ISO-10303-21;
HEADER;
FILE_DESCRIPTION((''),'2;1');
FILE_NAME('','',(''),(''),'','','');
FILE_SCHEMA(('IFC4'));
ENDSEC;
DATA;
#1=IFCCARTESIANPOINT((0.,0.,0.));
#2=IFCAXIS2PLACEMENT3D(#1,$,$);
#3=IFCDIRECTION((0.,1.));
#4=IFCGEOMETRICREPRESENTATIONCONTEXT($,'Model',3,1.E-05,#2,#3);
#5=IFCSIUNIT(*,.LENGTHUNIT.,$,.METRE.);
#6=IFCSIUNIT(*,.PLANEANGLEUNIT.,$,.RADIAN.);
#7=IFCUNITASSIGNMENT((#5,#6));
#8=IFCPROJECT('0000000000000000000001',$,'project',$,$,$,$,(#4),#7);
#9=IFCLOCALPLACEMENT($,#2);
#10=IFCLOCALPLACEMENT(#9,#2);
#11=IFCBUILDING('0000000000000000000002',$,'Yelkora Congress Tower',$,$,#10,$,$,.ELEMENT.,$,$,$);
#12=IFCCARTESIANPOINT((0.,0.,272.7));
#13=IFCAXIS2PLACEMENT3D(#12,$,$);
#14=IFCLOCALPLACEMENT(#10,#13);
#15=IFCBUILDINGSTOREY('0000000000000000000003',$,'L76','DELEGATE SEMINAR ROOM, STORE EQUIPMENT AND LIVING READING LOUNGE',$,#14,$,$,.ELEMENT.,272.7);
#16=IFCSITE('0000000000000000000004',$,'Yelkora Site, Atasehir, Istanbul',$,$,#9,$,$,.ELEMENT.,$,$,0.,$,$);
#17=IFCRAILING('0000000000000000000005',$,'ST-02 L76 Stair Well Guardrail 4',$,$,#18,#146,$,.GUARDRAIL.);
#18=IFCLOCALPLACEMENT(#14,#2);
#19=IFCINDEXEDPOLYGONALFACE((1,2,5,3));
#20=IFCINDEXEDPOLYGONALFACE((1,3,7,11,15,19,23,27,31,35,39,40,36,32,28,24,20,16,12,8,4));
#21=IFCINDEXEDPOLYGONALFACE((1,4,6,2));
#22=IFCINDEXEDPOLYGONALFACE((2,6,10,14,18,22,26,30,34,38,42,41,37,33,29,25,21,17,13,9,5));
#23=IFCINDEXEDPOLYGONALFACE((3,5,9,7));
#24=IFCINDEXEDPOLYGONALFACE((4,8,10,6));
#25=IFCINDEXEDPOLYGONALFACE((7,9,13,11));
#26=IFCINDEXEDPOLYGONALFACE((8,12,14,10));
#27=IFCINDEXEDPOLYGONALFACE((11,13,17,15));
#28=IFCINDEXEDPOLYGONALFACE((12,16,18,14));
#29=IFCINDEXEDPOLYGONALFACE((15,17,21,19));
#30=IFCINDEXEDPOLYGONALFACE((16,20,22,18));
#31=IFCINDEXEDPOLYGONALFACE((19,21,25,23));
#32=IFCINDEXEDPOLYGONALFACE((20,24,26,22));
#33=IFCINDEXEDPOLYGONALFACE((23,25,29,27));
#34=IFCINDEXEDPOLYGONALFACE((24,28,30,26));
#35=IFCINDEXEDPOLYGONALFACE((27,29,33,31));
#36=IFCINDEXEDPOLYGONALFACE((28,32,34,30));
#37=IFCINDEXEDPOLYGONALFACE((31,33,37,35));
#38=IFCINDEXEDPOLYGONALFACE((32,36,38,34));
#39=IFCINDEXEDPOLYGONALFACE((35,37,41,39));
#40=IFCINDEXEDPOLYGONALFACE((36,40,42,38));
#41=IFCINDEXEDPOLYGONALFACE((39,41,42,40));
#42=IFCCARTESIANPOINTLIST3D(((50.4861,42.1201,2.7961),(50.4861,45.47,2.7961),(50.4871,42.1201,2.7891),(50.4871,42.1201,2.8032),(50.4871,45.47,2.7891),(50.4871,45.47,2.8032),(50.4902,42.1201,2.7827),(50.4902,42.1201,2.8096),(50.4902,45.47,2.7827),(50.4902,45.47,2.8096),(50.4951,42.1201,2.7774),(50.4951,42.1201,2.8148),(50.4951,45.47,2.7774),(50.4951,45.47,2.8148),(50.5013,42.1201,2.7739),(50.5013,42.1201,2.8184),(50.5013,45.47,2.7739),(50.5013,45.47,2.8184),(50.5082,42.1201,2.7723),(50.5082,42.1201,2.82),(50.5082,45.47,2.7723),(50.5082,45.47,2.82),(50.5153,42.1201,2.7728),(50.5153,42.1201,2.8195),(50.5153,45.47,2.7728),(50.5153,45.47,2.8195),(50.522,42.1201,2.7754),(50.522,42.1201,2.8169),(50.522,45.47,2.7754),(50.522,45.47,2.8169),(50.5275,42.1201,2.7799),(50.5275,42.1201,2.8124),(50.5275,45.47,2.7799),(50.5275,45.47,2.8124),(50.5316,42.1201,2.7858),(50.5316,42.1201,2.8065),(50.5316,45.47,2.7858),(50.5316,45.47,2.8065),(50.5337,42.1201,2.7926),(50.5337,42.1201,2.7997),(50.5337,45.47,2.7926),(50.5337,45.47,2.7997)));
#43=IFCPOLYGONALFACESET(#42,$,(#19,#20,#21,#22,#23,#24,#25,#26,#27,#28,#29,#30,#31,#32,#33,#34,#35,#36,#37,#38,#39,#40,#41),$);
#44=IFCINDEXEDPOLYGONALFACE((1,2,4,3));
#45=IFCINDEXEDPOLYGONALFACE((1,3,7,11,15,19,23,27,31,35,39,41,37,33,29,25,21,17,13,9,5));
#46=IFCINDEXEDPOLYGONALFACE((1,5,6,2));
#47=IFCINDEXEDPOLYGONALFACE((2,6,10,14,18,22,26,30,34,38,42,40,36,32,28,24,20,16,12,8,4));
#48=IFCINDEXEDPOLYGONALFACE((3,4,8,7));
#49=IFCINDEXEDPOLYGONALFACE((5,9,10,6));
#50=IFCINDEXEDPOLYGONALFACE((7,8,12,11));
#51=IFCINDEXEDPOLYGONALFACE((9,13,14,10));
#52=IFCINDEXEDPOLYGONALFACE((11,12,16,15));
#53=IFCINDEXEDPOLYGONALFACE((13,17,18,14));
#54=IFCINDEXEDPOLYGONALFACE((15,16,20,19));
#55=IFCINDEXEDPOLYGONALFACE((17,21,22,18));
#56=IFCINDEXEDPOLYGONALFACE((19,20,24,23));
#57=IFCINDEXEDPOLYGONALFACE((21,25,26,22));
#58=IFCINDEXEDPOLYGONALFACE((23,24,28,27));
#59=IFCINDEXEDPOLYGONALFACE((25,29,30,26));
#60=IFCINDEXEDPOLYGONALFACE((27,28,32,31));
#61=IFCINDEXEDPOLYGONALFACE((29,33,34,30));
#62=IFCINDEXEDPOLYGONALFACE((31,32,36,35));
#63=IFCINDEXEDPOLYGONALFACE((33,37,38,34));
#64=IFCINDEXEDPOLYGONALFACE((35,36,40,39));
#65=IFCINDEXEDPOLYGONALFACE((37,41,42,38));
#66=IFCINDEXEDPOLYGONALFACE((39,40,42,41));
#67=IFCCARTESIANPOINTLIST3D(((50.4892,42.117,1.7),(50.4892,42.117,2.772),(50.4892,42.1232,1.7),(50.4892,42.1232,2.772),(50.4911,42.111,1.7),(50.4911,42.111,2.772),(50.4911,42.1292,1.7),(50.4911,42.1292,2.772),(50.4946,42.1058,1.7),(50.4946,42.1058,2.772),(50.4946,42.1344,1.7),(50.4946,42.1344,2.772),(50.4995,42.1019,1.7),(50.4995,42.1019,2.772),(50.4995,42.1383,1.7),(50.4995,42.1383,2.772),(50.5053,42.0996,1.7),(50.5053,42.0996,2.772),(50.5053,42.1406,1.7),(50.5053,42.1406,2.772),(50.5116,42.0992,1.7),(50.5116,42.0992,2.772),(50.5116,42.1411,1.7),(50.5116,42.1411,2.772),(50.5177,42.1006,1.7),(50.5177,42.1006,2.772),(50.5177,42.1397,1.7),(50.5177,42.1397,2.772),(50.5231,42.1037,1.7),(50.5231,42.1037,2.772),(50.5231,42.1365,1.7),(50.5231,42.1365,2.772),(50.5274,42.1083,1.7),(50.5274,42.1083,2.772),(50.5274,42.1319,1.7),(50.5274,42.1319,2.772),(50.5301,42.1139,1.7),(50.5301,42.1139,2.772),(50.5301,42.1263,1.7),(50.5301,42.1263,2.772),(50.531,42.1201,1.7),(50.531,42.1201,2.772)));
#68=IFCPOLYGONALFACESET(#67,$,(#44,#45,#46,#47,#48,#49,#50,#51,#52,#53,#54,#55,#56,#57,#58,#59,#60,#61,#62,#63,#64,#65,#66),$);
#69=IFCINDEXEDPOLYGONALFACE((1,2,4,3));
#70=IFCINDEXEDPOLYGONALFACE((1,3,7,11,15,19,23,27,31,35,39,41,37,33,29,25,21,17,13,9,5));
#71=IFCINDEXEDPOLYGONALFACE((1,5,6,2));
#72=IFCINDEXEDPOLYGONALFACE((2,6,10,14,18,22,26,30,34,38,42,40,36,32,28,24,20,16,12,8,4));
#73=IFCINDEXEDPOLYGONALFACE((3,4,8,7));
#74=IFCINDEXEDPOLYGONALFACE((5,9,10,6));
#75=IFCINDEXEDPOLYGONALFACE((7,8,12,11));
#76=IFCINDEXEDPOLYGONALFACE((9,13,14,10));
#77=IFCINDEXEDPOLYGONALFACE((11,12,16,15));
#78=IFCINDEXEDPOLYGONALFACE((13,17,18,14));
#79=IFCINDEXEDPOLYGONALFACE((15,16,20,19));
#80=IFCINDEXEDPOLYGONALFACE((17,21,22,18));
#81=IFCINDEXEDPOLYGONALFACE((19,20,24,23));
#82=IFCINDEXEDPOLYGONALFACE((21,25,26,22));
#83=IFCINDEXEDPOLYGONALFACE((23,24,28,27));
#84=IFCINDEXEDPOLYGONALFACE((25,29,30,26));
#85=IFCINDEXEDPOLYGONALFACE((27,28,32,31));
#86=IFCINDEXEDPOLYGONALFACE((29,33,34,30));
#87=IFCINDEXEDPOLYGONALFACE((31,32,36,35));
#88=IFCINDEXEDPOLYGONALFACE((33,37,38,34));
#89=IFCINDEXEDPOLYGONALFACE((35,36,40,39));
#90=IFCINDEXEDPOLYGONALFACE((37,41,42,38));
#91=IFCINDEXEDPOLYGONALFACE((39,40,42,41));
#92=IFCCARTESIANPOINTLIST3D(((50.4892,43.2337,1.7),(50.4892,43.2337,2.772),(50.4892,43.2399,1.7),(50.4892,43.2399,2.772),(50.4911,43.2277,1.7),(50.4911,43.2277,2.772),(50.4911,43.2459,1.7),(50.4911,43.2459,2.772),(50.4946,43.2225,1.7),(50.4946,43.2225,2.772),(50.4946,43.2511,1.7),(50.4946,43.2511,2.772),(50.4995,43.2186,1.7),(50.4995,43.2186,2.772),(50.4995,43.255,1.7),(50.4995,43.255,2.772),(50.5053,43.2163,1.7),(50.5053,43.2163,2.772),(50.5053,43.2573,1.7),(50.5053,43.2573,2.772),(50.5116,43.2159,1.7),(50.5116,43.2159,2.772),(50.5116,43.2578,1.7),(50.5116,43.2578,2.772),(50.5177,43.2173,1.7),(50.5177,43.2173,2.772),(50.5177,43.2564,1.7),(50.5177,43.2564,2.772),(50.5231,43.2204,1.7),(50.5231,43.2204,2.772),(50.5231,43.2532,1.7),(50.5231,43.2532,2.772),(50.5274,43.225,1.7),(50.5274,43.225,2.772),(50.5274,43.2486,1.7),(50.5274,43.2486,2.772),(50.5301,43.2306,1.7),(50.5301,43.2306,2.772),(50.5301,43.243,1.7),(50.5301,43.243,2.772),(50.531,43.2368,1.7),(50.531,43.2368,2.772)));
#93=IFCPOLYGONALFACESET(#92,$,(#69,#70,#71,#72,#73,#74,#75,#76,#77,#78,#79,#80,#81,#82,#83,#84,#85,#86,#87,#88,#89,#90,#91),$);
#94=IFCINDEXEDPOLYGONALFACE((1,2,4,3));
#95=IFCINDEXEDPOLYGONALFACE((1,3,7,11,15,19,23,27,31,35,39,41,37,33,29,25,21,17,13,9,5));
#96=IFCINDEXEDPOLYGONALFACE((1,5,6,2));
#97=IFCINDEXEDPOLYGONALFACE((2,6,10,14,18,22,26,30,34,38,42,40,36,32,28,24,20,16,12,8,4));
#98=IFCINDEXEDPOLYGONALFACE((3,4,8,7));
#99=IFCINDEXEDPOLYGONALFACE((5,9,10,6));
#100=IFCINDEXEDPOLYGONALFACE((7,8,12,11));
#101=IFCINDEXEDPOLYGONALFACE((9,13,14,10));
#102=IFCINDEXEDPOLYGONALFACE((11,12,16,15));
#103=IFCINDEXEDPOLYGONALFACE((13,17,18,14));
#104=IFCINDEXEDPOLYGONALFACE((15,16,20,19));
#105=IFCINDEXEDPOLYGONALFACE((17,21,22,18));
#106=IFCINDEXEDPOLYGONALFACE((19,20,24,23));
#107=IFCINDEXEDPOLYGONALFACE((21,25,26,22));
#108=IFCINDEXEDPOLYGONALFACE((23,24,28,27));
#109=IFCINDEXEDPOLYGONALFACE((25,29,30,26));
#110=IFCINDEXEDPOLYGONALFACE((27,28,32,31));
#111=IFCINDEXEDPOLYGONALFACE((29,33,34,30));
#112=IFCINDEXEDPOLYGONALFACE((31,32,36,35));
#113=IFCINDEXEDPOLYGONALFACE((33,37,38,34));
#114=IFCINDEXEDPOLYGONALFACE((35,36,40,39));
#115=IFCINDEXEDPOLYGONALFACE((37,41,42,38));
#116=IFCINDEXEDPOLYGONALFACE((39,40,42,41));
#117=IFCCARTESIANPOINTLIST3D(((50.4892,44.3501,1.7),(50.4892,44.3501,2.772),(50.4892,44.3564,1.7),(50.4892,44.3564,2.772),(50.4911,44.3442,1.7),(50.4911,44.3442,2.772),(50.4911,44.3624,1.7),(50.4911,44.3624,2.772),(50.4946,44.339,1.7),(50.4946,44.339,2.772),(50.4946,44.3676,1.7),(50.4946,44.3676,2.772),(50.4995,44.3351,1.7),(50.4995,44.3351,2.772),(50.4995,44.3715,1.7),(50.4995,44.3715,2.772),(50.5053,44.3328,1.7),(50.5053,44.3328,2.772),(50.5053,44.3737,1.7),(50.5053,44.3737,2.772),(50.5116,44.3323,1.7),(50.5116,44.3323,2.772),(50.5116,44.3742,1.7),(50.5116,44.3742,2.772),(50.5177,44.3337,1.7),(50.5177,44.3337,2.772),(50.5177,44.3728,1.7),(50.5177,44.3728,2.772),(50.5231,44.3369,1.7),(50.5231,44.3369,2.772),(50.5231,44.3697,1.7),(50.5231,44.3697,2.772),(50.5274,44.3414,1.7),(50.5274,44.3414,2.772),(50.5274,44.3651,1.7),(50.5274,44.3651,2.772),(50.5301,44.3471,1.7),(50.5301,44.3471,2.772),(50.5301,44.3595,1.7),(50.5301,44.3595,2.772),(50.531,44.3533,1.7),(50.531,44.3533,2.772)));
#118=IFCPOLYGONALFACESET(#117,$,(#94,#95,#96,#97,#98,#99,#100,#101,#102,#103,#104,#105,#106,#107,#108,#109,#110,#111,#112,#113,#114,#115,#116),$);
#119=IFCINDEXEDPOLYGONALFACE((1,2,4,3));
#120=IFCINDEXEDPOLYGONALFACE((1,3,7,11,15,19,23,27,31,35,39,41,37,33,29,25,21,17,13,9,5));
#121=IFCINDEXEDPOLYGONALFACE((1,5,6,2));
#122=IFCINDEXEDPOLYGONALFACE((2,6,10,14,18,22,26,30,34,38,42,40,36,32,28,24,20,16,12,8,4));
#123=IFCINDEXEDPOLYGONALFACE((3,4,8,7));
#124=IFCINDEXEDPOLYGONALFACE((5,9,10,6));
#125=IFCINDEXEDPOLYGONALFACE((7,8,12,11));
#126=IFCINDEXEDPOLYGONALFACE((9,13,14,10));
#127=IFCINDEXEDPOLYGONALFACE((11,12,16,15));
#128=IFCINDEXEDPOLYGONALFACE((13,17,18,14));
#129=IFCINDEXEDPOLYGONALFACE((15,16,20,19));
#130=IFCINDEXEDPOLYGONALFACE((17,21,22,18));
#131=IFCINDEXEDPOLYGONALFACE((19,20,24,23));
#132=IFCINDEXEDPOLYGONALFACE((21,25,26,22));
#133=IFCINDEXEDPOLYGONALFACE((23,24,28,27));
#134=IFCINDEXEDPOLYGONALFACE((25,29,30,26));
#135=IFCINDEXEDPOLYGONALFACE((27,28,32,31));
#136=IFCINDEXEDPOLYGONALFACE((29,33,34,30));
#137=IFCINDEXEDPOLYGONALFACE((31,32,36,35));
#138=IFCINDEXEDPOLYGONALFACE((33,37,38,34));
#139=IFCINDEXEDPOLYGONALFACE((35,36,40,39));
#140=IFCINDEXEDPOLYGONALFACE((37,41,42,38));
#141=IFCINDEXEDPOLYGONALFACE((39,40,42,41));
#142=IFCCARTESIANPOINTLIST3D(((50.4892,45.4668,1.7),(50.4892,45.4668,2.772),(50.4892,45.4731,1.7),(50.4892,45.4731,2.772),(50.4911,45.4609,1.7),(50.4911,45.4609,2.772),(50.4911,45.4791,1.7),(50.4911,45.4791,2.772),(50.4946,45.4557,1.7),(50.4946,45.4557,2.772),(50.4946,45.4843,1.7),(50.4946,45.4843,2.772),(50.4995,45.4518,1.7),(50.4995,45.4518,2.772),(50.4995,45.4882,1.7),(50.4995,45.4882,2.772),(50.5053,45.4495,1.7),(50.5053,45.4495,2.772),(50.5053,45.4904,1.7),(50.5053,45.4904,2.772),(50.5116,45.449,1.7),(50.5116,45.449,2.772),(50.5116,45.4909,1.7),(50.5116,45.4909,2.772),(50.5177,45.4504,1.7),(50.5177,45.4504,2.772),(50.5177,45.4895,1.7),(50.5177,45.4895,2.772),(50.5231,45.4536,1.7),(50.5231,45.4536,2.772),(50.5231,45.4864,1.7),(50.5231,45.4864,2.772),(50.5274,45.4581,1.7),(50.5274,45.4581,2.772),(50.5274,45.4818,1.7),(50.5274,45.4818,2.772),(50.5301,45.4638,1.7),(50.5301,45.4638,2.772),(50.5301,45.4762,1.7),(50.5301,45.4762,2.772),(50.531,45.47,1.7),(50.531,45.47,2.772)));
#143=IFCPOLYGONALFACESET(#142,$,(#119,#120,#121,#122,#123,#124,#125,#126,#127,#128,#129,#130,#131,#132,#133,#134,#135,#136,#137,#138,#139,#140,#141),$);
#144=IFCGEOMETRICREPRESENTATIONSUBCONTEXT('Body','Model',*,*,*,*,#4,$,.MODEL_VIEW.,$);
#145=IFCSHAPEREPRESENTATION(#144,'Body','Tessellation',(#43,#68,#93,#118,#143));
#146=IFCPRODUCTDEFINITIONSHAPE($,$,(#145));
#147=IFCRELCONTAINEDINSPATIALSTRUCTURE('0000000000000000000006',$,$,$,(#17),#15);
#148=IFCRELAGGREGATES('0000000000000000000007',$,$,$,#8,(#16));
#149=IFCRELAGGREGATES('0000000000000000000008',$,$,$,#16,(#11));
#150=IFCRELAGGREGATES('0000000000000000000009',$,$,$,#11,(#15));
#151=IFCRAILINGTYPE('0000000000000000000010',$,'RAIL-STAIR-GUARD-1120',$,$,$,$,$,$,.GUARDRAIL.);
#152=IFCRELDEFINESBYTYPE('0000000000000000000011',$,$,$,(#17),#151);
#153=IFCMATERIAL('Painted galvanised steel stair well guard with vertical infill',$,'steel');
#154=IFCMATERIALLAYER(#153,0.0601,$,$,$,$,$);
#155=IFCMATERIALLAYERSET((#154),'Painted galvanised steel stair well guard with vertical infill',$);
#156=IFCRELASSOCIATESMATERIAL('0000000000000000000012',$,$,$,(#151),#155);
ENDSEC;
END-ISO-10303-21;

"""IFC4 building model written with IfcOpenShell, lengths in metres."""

from ifc_helpers import new_model, si_unit, direction, frame, origin, origin_2d, place, context, subcontext, project, spatial, circle, extrude, material, layer, layer_set, type_object, element, save


model = new_model("IFC4")

# Units and contexts
model_context = context("Model", 3, precision=1e-05, world=origin(), true_north=direction((0.0, 1.0)))
body_context = subcontext(model_context, "Body", "Model", "MODEL_VIEW")
ifc_project = project(units=[si_unit("LENGTHUNIT", "METRE"), si_unit("PLANEANGLEUNIT", "RADIAN")], contexts=[model_context])

# Site, building, storey
site_placement = place(None, origin())
site = spatial("IfcSite", under=ifc_project, at=site_placement, Name="Yelkora Site, Atasehir, Istanbul", CompositionType="ELEMENT", RefElevation=0.0)
building_placement = place(site_placement, origin())
building = spatial("IfcBuilding", under=site, at=building_placement, Name="Yelkora Congress Tower", CompositionType="ELEMENT")
storey_placement = place(building_placement, frame((0.0, 0.0, 272.7)))
storey = spatial("IfcBuildingStorey", under=building, at=storey_placement, Name="L76", Description="DELEGATE SEMINAR ROOM, STORE EQUIPMENT AND LIVING READING LOUNGE", CompositionType="ELEMENT", Elevation=272.7)

# Railing
ifc_material_1 = material(Name="Painted galvanised steel stair well guard with vertical infill", Category="steel")
ifc_layer_1 = layer(ifc_material_1, 0.0601)
ifc_layer_set_1 = layer_set([ifc_layer_1], Name="Painted galvanised steel stair well guard with vertical infill")
railing_type_1 = type_object("IfcRailingType", Name="RAIL-STAIR-GUARD-1120", PredefinedType="GUARDRAIL", material=ifc_layer_set_1)
for number, where, name in (
    (1, (50.51, 42.1201, 1.7), "ST-02 L76 Stair Well Guardrail 4"),
):
    element("IfcRailing", number, at=place(storey_placement, frame(where)), inside=storey, type_object=railing_type_1, Name=name, PredefinedType="GUARDRAIL", context=body_context, shape_type="SweptSolid", body=[
        extrude(circle(Radius=0.0239, at=origin_2d()), frame((0.0, 0.0, 1.0962), z_axis=(0.0, 1.0, 0.0), x_axis=(-1.0, 0.0, 0.0)), (0.0, 0.0, 1.0), 3.3499),
        extrude(circle(Radius=0.021, at=origin_2d()), origin(), (0.0, 0.0, 1.0), 1.072),
        extrude(circle(Radius=0.021, at=origin_2d()), frame((0.0, 1.1167, 0.0)), (0.0, 0.0, 1.0), 1.072),
        extrude(circle(Radius=0.021, at=origin_2d()), frame((0.0, 2.2332, 0.0)), (0.0, 0.0, 1.0), 1.072),
        extrude(circle(Radius=0.021, at=origin_2d()), frame((0.0, 3.3499, 0.0)), (0.0, 0.0, 1.0), 1.072),
    ])

save(model, "model.ifc")
